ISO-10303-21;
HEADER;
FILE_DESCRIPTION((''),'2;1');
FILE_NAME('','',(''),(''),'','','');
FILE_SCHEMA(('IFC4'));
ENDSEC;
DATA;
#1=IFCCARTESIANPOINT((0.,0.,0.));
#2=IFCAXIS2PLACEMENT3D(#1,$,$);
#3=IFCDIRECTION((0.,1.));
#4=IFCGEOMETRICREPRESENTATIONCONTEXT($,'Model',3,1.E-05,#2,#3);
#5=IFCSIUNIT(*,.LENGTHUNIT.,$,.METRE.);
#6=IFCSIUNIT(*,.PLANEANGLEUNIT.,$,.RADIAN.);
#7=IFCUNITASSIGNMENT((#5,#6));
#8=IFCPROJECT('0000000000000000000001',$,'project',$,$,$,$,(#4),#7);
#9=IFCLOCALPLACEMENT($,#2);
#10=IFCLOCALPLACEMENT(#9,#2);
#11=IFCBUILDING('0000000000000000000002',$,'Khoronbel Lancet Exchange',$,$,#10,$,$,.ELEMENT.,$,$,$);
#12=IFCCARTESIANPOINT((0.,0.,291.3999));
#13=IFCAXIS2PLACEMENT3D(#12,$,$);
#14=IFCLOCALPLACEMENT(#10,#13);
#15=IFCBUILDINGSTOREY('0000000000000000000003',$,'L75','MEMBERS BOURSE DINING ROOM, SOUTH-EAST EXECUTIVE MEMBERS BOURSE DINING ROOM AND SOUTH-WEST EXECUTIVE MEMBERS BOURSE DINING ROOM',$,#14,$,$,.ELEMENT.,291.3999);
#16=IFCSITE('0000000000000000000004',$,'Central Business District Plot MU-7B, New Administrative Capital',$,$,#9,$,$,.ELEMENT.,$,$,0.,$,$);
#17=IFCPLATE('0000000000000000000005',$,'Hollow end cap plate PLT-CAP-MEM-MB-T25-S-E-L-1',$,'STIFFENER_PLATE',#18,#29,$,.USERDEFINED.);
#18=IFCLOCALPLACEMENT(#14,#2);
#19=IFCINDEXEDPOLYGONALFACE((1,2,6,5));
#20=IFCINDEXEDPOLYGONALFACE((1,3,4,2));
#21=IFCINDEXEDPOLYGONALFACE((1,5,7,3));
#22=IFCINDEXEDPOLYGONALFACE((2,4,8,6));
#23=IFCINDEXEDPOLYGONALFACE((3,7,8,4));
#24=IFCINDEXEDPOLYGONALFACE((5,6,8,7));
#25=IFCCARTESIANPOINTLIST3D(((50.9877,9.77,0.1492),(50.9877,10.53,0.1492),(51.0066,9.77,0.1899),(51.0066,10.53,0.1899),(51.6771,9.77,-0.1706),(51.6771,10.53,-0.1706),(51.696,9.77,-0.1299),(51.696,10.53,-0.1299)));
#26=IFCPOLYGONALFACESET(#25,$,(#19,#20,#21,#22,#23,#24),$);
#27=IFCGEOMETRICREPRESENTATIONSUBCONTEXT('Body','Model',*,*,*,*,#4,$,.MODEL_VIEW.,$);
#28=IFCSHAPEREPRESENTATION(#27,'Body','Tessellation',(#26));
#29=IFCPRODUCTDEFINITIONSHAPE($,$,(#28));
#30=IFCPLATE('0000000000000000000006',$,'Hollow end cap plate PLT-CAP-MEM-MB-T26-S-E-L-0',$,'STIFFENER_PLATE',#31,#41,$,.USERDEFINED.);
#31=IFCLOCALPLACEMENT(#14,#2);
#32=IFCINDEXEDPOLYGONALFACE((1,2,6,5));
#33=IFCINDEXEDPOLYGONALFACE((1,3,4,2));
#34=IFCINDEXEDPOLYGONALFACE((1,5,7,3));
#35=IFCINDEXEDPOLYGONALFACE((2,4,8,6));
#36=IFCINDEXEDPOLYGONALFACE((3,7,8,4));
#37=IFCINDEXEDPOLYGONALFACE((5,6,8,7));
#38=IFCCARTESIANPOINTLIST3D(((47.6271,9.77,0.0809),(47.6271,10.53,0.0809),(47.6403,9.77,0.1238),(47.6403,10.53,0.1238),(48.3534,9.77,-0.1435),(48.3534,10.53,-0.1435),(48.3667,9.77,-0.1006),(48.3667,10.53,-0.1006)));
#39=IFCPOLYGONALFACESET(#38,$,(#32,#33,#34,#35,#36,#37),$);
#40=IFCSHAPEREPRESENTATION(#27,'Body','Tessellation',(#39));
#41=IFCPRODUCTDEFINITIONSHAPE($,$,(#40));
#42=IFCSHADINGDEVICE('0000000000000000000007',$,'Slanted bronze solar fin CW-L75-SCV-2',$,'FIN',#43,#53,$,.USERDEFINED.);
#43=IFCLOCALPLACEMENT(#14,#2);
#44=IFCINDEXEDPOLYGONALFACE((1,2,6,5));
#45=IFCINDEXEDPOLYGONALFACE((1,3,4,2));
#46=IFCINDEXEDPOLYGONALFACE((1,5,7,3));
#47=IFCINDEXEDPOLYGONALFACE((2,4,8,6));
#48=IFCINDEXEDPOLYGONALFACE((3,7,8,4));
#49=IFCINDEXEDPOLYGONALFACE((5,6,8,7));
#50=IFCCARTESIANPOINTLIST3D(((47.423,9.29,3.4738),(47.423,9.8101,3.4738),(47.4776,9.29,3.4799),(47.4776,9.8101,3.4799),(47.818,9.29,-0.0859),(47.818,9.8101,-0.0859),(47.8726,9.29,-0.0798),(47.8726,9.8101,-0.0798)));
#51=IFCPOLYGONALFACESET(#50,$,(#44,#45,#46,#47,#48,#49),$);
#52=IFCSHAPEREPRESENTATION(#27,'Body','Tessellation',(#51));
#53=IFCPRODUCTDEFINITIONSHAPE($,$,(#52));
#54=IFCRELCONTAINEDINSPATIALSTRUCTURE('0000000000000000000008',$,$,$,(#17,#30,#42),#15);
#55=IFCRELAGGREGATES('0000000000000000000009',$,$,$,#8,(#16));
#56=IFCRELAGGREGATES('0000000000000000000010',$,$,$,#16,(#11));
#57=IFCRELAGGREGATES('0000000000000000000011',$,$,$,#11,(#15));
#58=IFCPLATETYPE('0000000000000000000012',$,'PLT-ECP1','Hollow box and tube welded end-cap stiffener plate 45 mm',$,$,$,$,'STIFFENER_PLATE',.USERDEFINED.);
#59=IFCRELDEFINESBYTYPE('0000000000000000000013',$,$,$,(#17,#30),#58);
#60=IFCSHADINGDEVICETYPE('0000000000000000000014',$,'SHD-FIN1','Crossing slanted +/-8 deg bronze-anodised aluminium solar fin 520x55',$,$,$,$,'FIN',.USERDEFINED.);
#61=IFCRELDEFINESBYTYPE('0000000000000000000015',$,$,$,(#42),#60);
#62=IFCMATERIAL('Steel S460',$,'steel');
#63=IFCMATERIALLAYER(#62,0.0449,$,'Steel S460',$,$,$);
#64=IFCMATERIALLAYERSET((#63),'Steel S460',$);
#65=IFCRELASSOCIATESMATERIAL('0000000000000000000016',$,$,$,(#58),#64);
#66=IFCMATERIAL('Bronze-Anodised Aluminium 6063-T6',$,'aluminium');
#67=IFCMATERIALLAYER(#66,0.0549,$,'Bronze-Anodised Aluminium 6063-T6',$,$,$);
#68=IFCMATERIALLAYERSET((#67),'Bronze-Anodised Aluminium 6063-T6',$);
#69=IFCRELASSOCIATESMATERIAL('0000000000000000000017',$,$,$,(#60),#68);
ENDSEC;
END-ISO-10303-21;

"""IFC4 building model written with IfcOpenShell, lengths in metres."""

from ifc_helpers import new_model, si_unit, direction, frame, origin, place, context, subcontext, project, spatial, polyline, outline, extrude, material, layer, layer_set, type_object, element, save


model = new_model("IFC4")

# Units and contexts
model_context = context("Model", 3, precision=1e-05, world=origin(), true_north=direction((0.0, 1.0)))
body_context = subcontext(model_context, "Body", "Model", "MODEL_VIEW")
ifc_project = project(units=[si_unit("LENGTHUNIT", "METRE"), si_unit("PLANEANGLEUNIT", "RADIAN")], contexts=[model_context])

# Site, building, storey
site_placement = place(None, origin())
site = spatial("IfcSite", under=ifc_project, at=site_placement, Name="Central Business District Plot MU-7B, New Administrative Capital", CompositionType="ELEMENT", RefElevation=0.0)
building_placement = place(site_placement, origin())
building = spatial("IfcBuilding", under=site, at=building_placement, Name="Khoronbel Lancet Exchange", CompositionType="ELEMENT")
storey_placement = place(building_placement, frame((0.0, 0.0, 291.3999)))
storey = spatial("IfcBuildingStorey", under=building, at=storey_placement, Name="L75", Description="MEMBERS BOURSE DINING ROOM, SOUTH-EAST EXECUTIVE MEMBERS BOURSE DINING ROOM AND SOUTH-WEST EXECUTIVE MEMBERS BOURSE DINING ROOM", CompositionType="ELEMENT", Elevation=291.3999)

# Shared definitions
ifc_material_1 = material(Name="Steel S460", Category="steel")

# Shared definitions
ifc_material_2 = material(Name="Bronze-Anodised Aluminium 6063-T6", Category="aluminium")

# Plates
ifc_layer_1 = layer(ifc_material_1, 0.0449, Name="Steel S460")
ifc_layer_set_1 = layer_set([ifc_layer_1], Name="Steel S460")
plate_type_1 = type_object("IfcPlateType", Name="PLT-ECP1", Description="Hollow box and tube welded end-cap stiffener plate 45 mm", ElementType="STIFFENER_PLATE", PredefinedType="USERDEFINED", material=ifc_layer_set_1)
plate_1_placement = place(storey_placement, frame((51.696, 9.77, -0.1299), z_axis=(0.420809, 0.0, 0.907149), x_axis=(0.0, 1.0, 0.0)))
element("IfcPlate", 1, at=plate_1_placement, inside=storey, type_object=plate_type_1, Name="Hollow end cap plate PLT-CAP-MEM-MB-T25-S-E-L-1", ObjectType="STIFFENER_PLATE", PredefinedType="USERDEFINED", context=body_context, shape_type="SweptSolid", body=[
    extrude(outline(polyline([(0.0, 0.0), (0.76, 0.0), (0.76, 0.76), (0.0, 0.76), (0.0, 0.0)])), origin(), (0.0, 0.0, -1.0), 0.0449),
])
plate_2_placement = place(storey_placement, frame((48.3667, 9.77, -0.1006), z_axis=(0.295146, 0.0, 0.955452), x_axis=(0.0, 1.0, 0.0)))
element("IfcPlate", 2, at=plate_2_placement, inside=storey, type_object=plate_type_1, Name="Hollow end cap plate PLT-CAP-MEM-MB-T26-S-E-L-0", ObjectType="STIFFENER_PLATE", PredefinedType="USERDEFINED", context=body_context, shape_type="SweptSolid", body=[
    extrude(outline(polyline([(0.0, 0.0), (0.76, 0.0), (0.76, 0.7603), (0.0, 0.7603), (0.0, 0.0)])), origin(), (0.0, 0.0, -1.0), 0.0449),
])

# Shading device
ifc_layer_2 = layer(ifc_material_2, 0.0549, Name="Bronze-Anodised Aluminium 6063-T6")
ifc_layer_set_2 = layer_set([ifc_layer_2], Name="Bronze-Anodised Aluminium 6063-T6")
shading_device_type = type_object("IfcShadingDeviceType", Name="SHD-FIN1", Description="Crossing slanted +/-8 deg bronze-anodised aluminium solar fin 520x55", ElementType="FIN", PredefinedType="USERDEFINED", material=ifc_layer_set_2)
shading_device_placement = place(storey_placement, frame((47.8726, 9.8101, -0.0798), z_axis=(0.9939, 0.0, 0.110289), x_axis=(0.0, -1.0, 0.0)))
element("IfcShadingDevice", 3, at=shading_device_placement, inside=storey, type_object=shading_device_type, Name="Slanted bronze solar fin CW-L75-SCV-2", ObjectType="FIN", PredefinedType="USERDEFINED", context=body_context, shape_type="SweptSolid", body=[
    extrude(outline(polyline([(0.0, 0.0), (0.52, 0.0), (0.52, -3.5815), (0.0, -3.5815), (0.0, 0.0)])), origin(), (0.0, 0.0, -1.0), 0.0549),
])

save(model, "model.ifc")
